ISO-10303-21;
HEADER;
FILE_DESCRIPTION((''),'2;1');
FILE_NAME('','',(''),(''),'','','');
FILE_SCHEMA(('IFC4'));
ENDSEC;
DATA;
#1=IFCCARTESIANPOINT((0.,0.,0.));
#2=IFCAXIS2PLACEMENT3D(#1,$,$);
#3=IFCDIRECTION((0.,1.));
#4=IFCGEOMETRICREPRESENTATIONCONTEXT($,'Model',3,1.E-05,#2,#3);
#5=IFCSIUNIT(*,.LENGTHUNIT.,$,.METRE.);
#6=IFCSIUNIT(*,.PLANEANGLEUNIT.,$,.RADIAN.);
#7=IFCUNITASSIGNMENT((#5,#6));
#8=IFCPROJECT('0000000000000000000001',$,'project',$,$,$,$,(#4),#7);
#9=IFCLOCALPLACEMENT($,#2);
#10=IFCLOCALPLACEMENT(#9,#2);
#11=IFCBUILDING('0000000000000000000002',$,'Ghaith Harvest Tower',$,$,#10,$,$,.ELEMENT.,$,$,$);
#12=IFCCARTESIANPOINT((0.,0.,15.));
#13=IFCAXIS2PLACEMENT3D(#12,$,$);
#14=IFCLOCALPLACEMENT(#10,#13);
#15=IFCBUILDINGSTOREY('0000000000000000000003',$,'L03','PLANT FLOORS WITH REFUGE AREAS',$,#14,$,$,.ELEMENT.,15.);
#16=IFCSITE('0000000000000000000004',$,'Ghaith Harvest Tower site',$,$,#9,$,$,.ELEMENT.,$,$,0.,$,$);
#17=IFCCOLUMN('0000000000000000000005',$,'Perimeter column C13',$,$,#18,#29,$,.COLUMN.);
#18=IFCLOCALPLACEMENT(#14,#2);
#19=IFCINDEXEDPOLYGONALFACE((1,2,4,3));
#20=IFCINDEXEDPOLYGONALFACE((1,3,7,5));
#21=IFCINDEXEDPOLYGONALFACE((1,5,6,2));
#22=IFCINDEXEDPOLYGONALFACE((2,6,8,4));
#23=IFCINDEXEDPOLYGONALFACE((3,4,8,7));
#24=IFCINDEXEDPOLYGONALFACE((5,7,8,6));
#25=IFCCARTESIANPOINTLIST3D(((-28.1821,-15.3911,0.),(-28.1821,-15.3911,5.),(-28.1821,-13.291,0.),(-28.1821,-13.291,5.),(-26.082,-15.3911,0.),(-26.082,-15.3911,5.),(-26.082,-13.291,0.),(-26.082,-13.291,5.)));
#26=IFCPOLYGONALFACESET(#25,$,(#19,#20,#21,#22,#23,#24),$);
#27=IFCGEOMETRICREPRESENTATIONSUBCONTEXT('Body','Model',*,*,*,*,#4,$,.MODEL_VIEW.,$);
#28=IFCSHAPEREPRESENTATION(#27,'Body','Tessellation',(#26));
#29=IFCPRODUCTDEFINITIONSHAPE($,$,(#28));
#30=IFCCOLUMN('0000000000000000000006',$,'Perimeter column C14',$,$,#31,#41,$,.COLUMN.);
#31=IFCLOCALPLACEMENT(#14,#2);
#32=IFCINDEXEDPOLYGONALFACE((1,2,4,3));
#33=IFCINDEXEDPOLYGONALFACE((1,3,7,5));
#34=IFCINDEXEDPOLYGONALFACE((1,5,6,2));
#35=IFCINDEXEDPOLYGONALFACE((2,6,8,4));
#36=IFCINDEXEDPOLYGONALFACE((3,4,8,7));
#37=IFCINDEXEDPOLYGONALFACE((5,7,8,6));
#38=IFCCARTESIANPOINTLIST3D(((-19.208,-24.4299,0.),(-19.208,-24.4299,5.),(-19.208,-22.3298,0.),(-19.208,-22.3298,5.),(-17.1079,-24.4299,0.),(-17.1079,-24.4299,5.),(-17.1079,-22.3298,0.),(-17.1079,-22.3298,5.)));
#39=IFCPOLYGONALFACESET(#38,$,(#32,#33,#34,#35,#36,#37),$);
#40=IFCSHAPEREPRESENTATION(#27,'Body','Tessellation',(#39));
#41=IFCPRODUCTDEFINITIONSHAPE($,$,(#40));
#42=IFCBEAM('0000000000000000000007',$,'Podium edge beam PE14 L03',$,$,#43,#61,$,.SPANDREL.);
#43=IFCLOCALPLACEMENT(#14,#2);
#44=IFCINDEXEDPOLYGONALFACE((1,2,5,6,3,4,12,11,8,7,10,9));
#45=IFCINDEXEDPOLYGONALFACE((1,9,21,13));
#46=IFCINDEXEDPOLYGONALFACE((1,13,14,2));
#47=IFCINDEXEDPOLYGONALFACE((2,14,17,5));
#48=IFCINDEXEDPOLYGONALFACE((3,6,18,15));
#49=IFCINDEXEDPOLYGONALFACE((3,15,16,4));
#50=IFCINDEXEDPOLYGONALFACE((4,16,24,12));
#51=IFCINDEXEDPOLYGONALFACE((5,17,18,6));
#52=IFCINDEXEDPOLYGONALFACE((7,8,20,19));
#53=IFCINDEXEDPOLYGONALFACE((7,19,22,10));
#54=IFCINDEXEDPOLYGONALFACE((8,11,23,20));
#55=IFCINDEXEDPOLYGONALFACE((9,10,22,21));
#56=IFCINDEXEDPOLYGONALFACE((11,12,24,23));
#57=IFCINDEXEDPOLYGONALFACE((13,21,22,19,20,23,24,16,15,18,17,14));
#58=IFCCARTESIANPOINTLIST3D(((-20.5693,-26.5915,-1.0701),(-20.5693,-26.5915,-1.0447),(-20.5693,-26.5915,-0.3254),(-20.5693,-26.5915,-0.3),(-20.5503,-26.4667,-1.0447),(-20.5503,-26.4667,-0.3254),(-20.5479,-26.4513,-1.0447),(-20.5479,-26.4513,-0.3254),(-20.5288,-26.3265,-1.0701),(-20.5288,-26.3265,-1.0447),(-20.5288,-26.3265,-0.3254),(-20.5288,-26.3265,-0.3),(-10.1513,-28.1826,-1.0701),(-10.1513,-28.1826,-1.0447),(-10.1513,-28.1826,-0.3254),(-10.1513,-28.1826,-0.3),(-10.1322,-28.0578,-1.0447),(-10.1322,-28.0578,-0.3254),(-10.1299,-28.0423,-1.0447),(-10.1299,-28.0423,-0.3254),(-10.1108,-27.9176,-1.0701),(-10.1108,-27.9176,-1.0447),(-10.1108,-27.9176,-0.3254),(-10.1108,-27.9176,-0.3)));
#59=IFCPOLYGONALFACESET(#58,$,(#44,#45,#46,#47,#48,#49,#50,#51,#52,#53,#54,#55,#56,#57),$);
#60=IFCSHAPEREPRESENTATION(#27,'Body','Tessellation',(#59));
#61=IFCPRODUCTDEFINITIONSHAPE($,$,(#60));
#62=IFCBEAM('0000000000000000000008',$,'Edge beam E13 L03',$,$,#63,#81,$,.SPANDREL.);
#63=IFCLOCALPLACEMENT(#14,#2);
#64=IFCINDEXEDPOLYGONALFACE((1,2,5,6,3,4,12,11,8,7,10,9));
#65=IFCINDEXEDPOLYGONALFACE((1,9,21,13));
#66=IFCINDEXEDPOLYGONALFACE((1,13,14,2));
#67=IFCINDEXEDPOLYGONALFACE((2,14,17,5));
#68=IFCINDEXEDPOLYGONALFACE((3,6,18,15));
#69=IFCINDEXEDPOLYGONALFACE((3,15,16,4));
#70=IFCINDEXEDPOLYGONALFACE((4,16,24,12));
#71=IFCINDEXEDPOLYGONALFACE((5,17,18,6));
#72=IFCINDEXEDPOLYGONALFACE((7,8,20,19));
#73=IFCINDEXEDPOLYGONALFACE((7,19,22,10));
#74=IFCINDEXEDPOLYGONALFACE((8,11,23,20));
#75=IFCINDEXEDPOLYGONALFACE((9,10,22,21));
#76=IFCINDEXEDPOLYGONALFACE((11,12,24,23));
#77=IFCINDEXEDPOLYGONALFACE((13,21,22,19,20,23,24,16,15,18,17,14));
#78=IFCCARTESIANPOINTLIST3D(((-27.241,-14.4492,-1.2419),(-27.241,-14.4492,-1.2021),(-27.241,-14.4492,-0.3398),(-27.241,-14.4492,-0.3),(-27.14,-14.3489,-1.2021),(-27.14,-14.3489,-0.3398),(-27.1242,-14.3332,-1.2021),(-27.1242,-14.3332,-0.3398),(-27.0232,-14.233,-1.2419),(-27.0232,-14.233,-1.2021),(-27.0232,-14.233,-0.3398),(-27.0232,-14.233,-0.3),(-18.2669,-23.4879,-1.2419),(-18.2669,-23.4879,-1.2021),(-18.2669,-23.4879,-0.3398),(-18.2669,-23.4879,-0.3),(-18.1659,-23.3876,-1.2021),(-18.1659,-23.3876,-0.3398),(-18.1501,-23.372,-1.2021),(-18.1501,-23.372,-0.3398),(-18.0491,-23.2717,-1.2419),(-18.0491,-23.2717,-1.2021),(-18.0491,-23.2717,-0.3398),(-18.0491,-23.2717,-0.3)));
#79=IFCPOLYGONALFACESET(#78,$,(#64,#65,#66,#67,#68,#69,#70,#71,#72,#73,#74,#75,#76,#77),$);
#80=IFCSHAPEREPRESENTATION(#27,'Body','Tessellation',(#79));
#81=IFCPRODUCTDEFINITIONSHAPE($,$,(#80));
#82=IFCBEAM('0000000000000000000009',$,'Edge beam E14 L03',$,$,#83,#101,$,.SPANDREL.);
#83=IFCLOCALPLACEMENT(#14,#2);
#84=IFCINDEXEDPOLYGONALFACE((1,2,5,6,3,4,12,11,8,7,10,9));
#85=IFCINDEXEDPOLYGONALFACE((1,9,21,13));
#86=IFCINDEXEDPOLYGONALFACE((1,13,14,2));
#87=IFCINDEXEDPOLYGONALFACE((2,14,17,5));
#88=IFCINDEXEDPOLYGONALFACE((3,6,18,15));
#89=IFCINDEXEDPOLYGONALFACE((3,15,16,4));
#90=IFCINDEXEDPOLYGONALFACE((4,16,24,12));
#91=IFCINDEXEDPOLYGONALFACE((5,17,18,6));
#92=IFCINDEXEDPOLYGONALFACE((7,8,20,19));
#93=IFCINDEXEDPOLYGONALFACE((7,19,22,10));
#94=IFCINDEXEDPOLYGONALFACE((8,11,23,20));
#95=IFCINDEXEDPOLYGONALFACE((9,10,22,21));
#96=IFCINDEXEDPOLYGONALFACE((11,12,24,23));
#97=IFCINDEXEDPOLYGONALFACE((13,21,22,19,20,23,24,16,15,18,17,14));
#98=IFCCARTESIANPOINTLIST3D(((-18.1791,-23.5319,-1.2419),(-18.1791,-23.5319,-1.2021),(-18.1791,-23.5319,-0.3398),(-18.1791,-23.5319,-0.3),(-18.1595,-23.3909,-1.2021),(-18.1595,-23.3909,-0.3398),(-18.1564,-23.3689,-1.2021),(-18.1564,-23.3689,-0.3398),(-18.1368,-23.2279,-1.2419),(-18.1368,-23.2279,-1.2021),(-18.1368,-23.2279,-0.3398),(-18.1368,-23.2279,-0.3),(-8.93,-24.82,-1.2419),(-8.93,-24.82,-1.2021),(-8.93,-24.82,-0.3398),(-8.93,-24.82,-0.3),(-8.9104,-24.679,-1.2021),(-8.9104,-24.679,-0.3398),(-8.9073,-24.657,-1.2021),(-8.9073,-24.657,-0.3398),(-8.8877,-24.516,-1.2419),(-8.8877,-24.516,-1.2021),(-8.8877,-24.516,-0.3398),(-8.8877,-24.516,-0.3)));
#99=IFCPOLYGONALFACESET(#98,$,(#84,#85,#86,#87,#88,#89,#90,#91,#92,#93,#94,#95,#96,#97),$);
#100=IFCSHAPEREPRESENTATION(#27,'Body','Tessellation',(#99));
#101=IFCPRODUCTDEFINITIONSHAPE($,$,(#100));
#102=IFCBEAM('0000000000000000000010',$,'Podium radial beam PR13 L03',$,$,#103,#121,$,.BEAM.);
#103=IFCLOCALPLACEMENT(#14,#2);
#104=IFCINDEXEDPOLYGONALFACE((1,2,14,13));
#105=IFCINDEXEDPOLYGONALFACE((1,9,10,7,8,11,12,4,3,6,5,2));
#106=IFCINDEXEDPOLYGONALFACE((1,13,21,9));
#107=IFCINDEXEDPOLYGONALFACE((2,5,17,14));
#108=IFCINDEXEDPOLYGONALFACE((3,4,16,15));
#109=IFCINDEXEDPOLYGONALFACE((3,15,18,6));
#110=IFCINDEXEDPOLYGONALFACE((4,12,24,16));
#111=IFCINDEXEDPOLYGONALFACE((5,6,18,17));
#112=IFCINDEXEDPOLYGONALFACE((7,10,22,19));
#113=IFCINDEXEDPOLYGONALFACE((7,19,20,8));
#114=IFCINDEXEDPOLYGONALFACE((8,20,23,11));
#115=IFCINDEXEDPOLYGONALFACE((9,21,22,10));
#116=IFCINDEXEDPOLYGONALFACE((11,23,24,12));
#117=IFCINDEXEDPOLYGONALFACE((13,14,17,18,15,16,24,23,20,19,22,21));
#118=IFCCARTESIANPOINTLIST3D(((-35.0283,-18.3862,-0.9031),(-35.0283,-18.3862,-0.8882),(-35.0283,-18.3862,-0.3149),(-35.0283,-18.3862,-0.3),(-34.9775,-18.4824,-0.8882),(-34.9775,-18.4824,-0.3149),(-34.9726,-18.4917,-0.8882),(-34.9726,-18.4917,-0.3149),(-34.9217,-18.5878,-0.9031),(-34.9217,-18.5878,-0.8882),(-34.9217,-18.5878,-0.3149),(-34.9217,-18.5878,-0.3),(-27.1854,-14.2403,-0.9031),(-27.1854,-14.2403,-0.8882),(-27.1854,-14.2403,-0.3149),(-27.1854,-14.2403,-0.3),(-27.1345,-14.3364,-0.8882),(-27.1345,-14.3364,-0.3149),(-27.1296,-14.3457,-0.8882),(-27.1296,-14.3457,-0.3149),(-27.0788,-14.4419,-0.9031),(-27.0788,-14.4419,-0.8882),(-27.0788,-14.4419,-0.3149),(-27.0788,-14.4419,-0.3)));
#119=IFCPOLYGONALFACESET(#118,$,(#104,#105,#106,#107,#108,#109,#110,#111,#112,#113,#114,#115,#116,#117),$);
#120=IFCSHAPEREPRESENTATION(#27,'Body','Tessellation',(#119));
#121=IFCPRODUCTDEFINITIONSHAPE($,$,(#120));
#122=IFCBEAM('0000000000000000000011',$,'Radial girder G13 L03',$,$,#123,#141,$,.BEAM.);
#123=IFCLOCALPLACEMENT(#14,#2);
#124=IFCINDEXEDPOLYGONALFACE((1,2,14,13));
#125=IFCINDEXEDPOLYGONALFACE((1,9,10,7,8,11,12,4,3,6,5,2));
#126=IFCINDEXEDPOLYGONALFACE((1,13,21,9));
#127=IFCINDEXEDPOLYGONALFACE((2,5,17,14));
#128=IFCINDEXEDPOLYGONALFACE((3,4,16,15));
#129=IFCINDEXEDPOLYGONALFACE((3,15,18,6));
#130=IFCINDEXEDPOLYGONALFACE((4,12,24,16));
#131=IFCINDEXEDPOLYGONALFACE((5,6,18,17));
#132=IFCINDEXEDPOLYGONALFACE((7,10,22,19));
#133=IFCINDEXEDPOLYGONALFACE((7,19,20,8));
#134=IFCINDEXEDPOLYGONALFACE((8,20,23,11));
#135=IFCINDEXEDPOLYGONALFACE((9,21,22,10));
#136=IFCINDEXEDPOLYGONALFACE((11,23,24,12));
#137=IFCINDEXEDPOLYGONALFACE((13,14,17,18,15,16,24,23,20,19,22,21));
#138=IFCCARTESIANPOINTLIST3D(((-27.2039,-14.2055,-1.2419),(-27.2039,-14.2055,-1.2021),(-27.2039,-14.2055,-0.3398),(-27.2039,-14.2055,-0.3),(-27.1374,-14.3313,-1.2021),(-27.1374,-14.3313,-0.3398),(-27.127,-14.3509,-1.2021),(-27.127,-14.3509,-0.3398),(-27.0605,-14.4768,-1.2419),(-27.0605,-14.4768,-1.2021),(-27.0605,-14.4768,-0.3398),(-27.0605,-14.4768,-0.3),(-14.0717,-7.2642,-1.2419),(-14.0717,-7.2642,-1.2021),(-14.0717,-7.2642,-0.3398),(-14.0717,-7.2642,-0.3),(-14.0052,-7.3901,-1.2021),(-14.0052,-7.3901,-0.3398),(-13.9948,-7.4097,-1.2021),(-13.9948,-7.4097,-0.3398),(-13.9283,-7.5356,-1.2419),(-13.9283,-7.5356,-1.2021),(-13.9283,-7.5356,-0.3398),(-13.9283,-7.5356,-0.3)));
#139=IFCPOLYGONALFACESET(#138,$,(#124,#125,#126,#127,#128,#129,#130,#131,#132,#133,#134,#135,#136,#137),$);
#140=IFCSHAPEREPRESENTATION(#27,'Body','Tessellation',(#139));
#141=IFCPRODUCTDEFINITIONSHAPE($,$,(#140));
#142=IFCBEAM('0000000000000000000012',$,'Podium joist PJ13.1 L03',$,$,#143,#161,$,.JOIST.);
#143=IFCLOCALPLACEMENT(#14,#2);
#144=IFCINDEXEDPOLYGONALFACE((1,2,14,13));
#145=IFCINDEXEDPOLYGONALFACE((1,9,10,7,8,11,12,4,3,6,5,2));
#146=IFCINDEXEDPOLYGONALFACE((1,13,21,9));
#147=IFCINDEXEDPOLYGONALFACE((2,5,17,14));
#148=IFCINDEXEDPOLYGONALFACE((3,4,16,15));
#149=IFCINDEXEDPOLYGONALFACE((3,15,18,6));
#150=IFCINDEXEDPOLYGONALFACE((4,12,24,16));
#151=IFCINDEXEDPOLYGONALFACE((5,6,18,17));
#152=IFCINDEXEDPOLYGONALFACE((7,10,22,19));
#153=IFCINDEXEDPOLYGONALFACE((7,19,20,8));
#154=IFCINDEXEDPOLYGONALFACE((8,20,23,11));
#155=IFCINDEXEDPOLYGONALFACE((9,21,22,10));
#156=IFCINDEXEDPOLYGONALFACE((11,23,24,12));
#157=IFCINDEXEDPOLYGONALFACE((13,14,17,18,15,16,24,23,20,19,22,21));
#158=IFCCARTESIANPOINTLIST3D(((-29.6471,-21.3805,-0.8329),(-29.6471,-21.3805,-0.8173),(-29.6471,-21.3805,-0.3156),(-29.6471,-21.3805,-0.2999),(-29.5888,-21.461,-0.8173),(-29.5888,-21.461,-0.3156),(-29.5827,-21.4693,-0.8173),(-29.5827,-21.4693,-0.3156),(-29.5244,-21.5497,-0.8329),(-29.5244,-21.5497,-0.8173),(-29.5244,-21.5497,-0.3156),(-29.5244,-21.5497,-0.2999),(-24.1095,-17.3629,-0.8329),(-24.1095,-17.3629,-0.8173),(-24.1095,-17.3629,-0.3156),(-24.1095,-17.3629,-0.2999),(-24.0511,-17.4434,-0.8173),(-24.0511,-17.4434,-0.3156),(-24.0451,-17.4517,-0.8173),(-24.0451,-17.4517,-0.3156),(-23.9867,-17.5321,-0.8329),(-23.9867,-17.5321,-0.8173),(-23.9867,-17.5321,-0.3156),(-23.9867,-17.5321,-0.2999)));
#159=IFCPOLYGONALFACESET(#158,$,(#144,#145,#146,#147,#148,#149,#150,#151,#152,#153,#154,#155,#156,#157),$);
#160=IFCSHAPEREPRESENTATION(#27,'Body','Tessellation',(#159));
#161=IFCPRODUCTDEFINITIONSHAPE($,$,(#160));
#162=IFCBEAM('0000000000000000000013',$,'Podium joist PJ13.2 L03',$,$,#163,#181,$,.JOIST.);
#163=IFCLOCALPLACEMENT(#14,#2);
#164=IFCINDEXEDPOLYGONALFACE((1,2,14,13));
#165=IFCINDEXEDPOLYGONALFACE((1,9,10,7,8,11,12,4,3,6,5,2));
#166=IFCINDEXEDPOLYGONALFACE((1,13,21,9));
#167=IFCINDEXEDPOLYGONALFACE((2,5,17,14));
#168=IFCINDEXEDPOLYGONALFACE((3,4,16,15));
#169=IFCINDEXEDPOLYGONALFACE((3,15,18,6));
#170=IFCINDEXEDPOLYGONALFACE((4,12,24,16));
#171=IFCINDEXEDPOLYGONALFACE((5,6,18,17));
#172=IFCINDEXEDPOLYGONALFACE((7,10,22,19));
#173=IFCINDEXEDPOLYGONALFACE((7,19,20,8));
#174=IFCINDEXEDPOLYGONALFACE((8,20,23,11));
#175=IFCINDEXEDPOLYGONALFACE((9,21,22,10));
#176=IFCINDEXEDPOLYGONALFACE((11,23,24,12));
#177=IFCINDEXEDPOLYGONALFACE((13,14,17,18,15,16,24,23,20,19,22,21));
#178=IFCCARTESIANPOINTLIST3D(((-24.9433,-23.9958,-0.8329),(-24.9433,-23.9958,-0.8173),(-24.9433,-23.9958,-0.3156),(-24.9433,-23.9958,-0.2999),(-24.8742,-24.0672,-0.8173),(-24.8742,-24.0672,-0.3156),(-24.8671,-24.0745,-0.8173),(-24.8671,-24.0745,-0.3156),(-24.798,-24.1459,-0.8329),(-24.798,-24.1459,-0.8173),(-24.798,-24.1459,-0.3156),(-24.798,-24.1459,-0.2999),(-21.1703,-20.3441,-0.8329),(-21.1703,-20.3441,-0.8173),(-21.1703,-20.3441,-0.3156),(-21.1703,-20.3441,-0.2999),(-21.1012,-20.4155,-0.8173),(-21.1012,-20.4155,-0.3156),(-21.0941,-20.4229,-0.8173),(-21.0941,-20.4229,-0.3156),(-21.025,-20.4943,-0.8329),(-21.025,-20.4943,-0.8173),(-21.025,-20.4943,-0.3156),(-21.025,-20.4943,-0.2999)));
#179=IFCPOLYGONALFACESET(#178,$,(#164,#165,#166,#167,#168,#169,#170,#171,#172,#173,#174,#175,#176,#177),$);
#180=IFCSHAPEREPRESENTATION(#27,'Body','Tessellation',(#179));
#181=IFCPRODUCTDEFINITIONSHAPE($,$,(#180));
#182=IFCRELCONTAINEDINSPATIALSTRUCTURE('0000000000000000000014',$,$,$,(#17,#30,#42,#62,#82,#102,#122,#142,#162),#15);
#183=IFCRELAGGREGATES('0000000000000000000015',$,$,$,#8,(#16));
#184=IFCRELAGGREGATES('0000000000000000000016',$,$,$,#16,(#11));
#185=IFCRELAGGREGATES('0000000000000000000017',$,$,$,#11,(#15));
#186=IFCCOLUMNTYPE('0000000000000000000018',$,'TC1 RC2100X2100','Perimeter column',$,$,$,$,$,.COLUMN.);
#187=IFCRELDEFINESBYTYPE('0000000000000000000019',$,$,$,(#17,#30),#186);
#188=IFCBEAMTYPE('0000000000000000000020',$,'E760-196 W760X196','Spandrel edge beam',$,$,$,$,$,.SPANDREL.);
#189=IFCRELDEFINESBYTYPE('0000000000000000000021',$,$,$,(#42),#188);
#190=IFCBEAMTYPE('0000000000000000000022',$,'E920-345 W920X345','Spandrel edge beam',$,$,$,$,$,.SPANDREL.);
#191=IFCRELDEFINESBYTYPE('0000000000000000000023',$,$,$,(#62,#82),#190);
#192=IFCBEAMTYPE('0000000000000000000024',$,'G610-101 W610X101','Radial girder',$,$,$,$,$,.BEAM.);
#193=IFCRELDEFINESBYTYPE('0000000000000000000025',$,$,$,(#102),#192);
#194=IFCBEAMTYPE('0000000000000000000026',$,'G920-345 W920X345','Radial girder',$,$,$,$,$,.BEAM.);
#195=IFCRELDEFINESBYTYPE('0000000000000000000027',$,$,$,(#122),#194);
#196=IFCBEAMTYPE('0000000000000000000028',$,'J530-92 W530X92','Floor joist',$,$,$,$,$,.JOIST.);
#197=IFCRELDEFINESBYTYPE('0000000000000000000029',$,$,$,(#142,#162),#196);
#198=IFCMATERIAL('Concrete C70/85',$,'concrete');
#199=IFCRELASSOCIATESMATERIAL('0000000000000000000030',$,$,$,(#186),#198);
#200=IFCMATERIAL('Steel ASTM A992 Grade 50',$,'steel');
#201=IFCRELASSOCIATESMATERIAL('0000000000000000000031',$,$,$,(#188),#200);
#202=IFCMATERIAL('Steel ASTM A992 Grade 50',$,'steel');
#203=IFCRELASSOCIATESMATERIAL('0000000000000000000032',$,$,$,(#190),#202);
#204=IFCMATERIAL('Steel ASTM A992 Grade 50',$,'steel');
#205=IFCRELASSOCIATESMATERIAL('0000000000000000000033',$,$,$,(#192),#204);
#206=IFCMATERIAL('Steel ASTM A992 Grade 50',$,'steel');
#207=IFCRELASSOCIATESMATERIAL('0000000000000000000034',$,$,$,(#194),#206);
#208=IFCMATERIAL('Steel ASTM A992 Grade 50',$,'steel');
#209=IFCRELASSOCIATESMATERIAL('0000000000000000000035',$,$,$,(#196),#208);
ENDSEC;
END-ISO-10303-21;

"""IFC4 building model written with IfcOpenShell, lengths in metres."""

from ifc_helpers import new_model, si_unit, direction, frame, origin, origin_2d, place, context, subcontext, project, spatial, rectangle, i_section, extrude, material, material_profile, profile_set, type_object, element, save


model = new_model("IFC4")

# Units and contexts
model_context = context("Model", 3, precision=1e-05, world=origin(), true_north=direction((0.0, 1.0)))
body_context = subcontext(model_context, "Body", "Model", "MODEL_VIEW")
ifc_project = project(units=[si_unit("LENGTHUNIT", "METRE"), si_unit("PLANEANGLEUNIT", "RADIAN")], contexts=[model_context])

# Site, building, storey
site_placement = place(None, origin())
site = spatial("IfcSite", under=ifc_project, at=site_placement, Name="Ghaith Harvest Tower site", CompositionType="ELEMENT", RefElevation=0.0)
building_placement = place(site_placement, origin())
building = spatial("IfcBuilding", under=site, at=building_placement, Name="Ghaith Harvest Tower", CompositionType="ELEMENT")
storey_placement = place(building_placement, frame((0.0, 0.0, 15.0)))
storey = spatial("IfcBuildingStorey", under=building, at=storey_placement, Name="L03", Description="PLANT FLOORS WITH REFUGE AREAS", CompositionType="ELEMENT", Elevation=15.0)

# Columns
ifc_material_1 = material(Name="Concrete C70/85", Category="concrete")
ifc_material_profile_1 = material_profile(ifc_material_1, rectangle(XDim=2.1001, YDim=2.1001, at=origin_2d()), Name="RC2100X2100")
ifc_profile_set_1 = profile_set([ifc_material_profile_1], Name="Concrete C70/85")
column_type = type_object("IfcColumnType", Name="TC1 RC2100X2100", Description="Perimeter column", PredefinedType="COLUMN", material=ifc_profile_set_1)
for number, where, z_axis, x_axis, name in (
    (1, (-27.1321, -14.3411, 0.0), (0.0, 0.0, 1.0), (1.0, 0.0, 0.0), "Perimeter column C13"),
    (2, (-18.158, -23.3799, 0.0), (0.0, 0.0, 1.0), (1.0, 0.0, 0.0), "Perimeter column C14"),
):
    element("IfcColumn", number, at=place(storey_placement, frame(where, z_axis=z_axis, x_axis=x_axis)), inside=storey, type_object=column_type, Name=name, PredefinedType="COLUMN", context=body_context, shape_type="SweptSolid", body=[
        extrude(rectangle(XDim=2.1001, YDim=2.1001, at=origin_2d()), origin(), (0.0, 0.0, 1.0), 5.0),
    ])

# Beams
ifc_material_2 = material(Name="Steel ASTM A992 Grade 50", Category="steel")
ifc_material_profile_2 = material_profile(ifc_material_2, i_section(OverallWidth=0.2681, OverallDepth=0.77, WebThickness=0.0156, FlangeThickness=0.0254, at=origin_2d()), Name="W760X196")
ifc_profile_set_2 = profile_set([ifc_material_profile_2], Name="Steel ASTM A992 Grade 50")
beam_type_1 = type_object("IfcBeamType", Name="E760-196 W760X196", Description="Spandrel edge beam", PredefinedType="SPANDREL", material=ifc_profile_set_2)
beam_1_placement = place(storey_placement, frame((-20.5491, -26.459, -0.6851), z_axis=(0.988538, -0.150973, 0.0), x_axis=(0.150973, 0.988538, 0.0)))
element("IfcBeam", 3, at=beam_1_placement, inside=storey, type_object=beam_type_1, Name="Podium edge beam PE14 L03", PredefinedType="SPANDREL", context=body_context, shape_type="SweptSolid", body=[
    extrude(i_section(OverallWidth=0.2681, OverallDepth=0.77, WebThickness=0.0156, FlangeThickness=0.0254, at=origin_2d()), origin(), (0.0, 0.0, 1.0), 10.5388),
])
ifc_material_3 = material(Name="Steel ASTM A992 Grade 50", Category="steel")
ifc_material_profile_3 = material_profile(ifc_material_3, i_section(OverallWidth=0.3069, OverallDepth=0.9419, WebThickness=0.0222, FlangeThickness=0.0398, at=origin_2d()), Name="W920X345")
ifc_profile_set_3 = profile_set([ifc_material_profile_3], Name="Steel ASTM A992 Grade 50")
beam_type_2 = type_object("IfcBeamType", Name="E920-345 W920X345", Description="Spandrel edge beam", PredefinedType="SPANDREL", material=ifc_profile_set_3)
beam_2_placement = place(storey_placement, frame((-27.1321, -14.3411, -0.771), z_axis=(0.704563, -0.709642, 0.0), x_axis=(0.709642, 0.704563, 0.0)))
element("IfcBeam", 4, at=beam_2_placement, inside=storey, type_object=beam_type_2, Name="Edge beam E13 L03", PredefinedType="SPANDREL", context=body_context, shape_type="SweptSolid", body=[
    extrude(i_section(OverallWidth=0.3069, OverallDepth=0.9419, WebThickness=0.0222, FlangeThickness=0.0398, at=origin_2d()), origin(), (0.0, 0.0, 1.0), 12.7371),
])
beam_3_placement = place(storey_placement, frame((-18.158, -23.3799, -0.771), z_axis=(0.990441, -0.137936, 0.0), x_axis=(0.137936, 0.990441, 0.0)))
element("IfcBeam", 5, at=beam_3_placement, inside=storey, type_object=beam_type_2, Name="Edge beam E14 L03", PredefinedType="SPANDREL", context=body_context, shape_type="SweptSolid", body=[
    extrude(i_section(OverallWidth=0.3069, OverallDepth=0.9419, WebThickness=0.0222, FlangeThickness=0.0398, at=origin_2d()), origin(), (0.0, 0.0, 1.0), 9.3384),
])
ifc_material_4 = material(Name="Steel ASTM A992 Grade 50", Category="steel")
ifc_material_profile_4 = material_profile(ifc_material_4, i_section(OverallWidth=0.228, OverallDepth=0.603, WebThickness=0.0105, FlangeThickness=0.0149, at=origin_2d()), Name="W610X101")
ifc_profile_set_4 = profile_set([ifc_material_profile_4], Name="Steel ASTM A992 Grade 50")
beam_type_3 = type_object("IfcBeamType", Name="G610-101 W610X101", Description="Radial girder", PredefinedType="BEAM", material=ifc_profile_set_4)
beam_4_placement = place(storey_placement, frame((-27.1321, -14.3411, -0.6016), z_axis=(-0.884076, -0.467343, 0.0), x_axis=(0.467343, -0.884076, 0.0)))
element("IfcBeam", 6, at=beam_4_placement, inside=storey, type_object=beam_type_3, Name="Podium radial beam PR13 L03", PredefinedType="BEAM", context=body_context, shape_type="SweptSolid", body=[
    extrude(i_section(OverallWidth=0.228, OverallDepth=0.603, WebThickness=0.0105, FlangeThickness=0.0149, at=origin_2d()), origin(), (0.0, 0.0, 1.0), 8.8713),
])
ifc_material_5 = material(Name="Steel ASTM A992 Grade 50", Category="steel")
ifc_material_profile_5 = material_profile(ifc_material_5, i_section(OverallWidth=0.3069, OverallDepth=0.9419, WebThickness=0.0222, FlangeThickness=0.0398, at=origin_2d()), Name="W920X345")
ifc_profile_set_5 = profile_set([ifc_material_profile_5], Name="Steel ASTM A992 Grade 50")
beam_type_4 = type_object("IfcBeamType", Name="G920-345 W920X345", Description="Radial girder", PredefinedType="BEAM", material=ifc_profile_set_5)
beam_5_placement = place(storey_placement, frame((-14.0, -7.3999, -0.771), z_axis=(-0.884097, -0.467303, 0.0), x_axis=(0.467303, -0.884097, 0.0)))
element("IfcBeam", 7, at=beam_5_placement, inside=storey, type_object=beam_type_4, Name="Radial girder G13 L03", PredefinedType="BEAM", context=body_context, shape_type="SweptSolid", body=[
    extrude(i_section(OverallWidth=0.3069, OverallDepth=0.9419, WebThickness=0.0222, FlangeThickness=0.0398, at=origin_2d()), origin(), (0.0, 0.0, 1.0), 14.8538),
])
ifc_material_6 = material(Name="Steel ASTM A992 Grade 50", Category="steel")
ifc_material_profile_6 = material_profile(ifc_material_6, i_section(OverallWidth=0.209, OverallDepth=0.533, WebThickness=0.0103, FlangeThickness=0.0156, at=origin_2d()), Name="W530X92")
ifc_profile_set_6 = profile_set([ifc_material_profile_6], Name="Steel ASTM A992 Grade 50")
beam_type_5 = type_object("IfcBeamType", Name="J530-92 W530X92", Description="Floor joist", PredefinedType="JOIST", material=ifc_profile_set_6)
beam_6_placement = place(storey_placement, frame((-24.0481, -17.4475, -0.5664), z_axis=(-0.809415, -0.587238, 0.0), x_axis=(0.587238, -0.809415, 0.0)))
element("IfcBeam", 8, at=beam_6_placement, inside=storey, type_object=beam_type_5, Name="Podium joist PJ13.1 L03", PredefinedType="JOIST", context=body_context, shape_type="SweptSolid", body=[
    extrude(i_section(OverallWidth=0.209, OverallDepth=0.533, WebThickness=0.0103, FlangeThickness=0.0156, at=origin_2d()), origin(), (0.0, 0.0, 1.0), 6.8416),
])
beam_7_placement = place(storey_placement, frame((-21.0977, -20.4192, -0.5664), z_axis=(-0.718567, -0.695458, 0.0), x_axis=(0.695458, -0.718567, 0.0)))
element("IfcBeam", 9, at=beam_7_placement, inside=storey, type_object=beam_type_5, Name="Podium joist PJ13.2 L03", PredefinedType="JOIST", context=body_context, shape_type="SweptSolid", body=[
    extrude(i_section(OverallWidth=0.209, OverallDepth=0.533, WebThickness=0.0103, FlangeThickness=0.0156, at=origin_2d()), origin(), (0.0, 0.0, 1.0), 5.2507),
])

save(model, "model.ifc")
